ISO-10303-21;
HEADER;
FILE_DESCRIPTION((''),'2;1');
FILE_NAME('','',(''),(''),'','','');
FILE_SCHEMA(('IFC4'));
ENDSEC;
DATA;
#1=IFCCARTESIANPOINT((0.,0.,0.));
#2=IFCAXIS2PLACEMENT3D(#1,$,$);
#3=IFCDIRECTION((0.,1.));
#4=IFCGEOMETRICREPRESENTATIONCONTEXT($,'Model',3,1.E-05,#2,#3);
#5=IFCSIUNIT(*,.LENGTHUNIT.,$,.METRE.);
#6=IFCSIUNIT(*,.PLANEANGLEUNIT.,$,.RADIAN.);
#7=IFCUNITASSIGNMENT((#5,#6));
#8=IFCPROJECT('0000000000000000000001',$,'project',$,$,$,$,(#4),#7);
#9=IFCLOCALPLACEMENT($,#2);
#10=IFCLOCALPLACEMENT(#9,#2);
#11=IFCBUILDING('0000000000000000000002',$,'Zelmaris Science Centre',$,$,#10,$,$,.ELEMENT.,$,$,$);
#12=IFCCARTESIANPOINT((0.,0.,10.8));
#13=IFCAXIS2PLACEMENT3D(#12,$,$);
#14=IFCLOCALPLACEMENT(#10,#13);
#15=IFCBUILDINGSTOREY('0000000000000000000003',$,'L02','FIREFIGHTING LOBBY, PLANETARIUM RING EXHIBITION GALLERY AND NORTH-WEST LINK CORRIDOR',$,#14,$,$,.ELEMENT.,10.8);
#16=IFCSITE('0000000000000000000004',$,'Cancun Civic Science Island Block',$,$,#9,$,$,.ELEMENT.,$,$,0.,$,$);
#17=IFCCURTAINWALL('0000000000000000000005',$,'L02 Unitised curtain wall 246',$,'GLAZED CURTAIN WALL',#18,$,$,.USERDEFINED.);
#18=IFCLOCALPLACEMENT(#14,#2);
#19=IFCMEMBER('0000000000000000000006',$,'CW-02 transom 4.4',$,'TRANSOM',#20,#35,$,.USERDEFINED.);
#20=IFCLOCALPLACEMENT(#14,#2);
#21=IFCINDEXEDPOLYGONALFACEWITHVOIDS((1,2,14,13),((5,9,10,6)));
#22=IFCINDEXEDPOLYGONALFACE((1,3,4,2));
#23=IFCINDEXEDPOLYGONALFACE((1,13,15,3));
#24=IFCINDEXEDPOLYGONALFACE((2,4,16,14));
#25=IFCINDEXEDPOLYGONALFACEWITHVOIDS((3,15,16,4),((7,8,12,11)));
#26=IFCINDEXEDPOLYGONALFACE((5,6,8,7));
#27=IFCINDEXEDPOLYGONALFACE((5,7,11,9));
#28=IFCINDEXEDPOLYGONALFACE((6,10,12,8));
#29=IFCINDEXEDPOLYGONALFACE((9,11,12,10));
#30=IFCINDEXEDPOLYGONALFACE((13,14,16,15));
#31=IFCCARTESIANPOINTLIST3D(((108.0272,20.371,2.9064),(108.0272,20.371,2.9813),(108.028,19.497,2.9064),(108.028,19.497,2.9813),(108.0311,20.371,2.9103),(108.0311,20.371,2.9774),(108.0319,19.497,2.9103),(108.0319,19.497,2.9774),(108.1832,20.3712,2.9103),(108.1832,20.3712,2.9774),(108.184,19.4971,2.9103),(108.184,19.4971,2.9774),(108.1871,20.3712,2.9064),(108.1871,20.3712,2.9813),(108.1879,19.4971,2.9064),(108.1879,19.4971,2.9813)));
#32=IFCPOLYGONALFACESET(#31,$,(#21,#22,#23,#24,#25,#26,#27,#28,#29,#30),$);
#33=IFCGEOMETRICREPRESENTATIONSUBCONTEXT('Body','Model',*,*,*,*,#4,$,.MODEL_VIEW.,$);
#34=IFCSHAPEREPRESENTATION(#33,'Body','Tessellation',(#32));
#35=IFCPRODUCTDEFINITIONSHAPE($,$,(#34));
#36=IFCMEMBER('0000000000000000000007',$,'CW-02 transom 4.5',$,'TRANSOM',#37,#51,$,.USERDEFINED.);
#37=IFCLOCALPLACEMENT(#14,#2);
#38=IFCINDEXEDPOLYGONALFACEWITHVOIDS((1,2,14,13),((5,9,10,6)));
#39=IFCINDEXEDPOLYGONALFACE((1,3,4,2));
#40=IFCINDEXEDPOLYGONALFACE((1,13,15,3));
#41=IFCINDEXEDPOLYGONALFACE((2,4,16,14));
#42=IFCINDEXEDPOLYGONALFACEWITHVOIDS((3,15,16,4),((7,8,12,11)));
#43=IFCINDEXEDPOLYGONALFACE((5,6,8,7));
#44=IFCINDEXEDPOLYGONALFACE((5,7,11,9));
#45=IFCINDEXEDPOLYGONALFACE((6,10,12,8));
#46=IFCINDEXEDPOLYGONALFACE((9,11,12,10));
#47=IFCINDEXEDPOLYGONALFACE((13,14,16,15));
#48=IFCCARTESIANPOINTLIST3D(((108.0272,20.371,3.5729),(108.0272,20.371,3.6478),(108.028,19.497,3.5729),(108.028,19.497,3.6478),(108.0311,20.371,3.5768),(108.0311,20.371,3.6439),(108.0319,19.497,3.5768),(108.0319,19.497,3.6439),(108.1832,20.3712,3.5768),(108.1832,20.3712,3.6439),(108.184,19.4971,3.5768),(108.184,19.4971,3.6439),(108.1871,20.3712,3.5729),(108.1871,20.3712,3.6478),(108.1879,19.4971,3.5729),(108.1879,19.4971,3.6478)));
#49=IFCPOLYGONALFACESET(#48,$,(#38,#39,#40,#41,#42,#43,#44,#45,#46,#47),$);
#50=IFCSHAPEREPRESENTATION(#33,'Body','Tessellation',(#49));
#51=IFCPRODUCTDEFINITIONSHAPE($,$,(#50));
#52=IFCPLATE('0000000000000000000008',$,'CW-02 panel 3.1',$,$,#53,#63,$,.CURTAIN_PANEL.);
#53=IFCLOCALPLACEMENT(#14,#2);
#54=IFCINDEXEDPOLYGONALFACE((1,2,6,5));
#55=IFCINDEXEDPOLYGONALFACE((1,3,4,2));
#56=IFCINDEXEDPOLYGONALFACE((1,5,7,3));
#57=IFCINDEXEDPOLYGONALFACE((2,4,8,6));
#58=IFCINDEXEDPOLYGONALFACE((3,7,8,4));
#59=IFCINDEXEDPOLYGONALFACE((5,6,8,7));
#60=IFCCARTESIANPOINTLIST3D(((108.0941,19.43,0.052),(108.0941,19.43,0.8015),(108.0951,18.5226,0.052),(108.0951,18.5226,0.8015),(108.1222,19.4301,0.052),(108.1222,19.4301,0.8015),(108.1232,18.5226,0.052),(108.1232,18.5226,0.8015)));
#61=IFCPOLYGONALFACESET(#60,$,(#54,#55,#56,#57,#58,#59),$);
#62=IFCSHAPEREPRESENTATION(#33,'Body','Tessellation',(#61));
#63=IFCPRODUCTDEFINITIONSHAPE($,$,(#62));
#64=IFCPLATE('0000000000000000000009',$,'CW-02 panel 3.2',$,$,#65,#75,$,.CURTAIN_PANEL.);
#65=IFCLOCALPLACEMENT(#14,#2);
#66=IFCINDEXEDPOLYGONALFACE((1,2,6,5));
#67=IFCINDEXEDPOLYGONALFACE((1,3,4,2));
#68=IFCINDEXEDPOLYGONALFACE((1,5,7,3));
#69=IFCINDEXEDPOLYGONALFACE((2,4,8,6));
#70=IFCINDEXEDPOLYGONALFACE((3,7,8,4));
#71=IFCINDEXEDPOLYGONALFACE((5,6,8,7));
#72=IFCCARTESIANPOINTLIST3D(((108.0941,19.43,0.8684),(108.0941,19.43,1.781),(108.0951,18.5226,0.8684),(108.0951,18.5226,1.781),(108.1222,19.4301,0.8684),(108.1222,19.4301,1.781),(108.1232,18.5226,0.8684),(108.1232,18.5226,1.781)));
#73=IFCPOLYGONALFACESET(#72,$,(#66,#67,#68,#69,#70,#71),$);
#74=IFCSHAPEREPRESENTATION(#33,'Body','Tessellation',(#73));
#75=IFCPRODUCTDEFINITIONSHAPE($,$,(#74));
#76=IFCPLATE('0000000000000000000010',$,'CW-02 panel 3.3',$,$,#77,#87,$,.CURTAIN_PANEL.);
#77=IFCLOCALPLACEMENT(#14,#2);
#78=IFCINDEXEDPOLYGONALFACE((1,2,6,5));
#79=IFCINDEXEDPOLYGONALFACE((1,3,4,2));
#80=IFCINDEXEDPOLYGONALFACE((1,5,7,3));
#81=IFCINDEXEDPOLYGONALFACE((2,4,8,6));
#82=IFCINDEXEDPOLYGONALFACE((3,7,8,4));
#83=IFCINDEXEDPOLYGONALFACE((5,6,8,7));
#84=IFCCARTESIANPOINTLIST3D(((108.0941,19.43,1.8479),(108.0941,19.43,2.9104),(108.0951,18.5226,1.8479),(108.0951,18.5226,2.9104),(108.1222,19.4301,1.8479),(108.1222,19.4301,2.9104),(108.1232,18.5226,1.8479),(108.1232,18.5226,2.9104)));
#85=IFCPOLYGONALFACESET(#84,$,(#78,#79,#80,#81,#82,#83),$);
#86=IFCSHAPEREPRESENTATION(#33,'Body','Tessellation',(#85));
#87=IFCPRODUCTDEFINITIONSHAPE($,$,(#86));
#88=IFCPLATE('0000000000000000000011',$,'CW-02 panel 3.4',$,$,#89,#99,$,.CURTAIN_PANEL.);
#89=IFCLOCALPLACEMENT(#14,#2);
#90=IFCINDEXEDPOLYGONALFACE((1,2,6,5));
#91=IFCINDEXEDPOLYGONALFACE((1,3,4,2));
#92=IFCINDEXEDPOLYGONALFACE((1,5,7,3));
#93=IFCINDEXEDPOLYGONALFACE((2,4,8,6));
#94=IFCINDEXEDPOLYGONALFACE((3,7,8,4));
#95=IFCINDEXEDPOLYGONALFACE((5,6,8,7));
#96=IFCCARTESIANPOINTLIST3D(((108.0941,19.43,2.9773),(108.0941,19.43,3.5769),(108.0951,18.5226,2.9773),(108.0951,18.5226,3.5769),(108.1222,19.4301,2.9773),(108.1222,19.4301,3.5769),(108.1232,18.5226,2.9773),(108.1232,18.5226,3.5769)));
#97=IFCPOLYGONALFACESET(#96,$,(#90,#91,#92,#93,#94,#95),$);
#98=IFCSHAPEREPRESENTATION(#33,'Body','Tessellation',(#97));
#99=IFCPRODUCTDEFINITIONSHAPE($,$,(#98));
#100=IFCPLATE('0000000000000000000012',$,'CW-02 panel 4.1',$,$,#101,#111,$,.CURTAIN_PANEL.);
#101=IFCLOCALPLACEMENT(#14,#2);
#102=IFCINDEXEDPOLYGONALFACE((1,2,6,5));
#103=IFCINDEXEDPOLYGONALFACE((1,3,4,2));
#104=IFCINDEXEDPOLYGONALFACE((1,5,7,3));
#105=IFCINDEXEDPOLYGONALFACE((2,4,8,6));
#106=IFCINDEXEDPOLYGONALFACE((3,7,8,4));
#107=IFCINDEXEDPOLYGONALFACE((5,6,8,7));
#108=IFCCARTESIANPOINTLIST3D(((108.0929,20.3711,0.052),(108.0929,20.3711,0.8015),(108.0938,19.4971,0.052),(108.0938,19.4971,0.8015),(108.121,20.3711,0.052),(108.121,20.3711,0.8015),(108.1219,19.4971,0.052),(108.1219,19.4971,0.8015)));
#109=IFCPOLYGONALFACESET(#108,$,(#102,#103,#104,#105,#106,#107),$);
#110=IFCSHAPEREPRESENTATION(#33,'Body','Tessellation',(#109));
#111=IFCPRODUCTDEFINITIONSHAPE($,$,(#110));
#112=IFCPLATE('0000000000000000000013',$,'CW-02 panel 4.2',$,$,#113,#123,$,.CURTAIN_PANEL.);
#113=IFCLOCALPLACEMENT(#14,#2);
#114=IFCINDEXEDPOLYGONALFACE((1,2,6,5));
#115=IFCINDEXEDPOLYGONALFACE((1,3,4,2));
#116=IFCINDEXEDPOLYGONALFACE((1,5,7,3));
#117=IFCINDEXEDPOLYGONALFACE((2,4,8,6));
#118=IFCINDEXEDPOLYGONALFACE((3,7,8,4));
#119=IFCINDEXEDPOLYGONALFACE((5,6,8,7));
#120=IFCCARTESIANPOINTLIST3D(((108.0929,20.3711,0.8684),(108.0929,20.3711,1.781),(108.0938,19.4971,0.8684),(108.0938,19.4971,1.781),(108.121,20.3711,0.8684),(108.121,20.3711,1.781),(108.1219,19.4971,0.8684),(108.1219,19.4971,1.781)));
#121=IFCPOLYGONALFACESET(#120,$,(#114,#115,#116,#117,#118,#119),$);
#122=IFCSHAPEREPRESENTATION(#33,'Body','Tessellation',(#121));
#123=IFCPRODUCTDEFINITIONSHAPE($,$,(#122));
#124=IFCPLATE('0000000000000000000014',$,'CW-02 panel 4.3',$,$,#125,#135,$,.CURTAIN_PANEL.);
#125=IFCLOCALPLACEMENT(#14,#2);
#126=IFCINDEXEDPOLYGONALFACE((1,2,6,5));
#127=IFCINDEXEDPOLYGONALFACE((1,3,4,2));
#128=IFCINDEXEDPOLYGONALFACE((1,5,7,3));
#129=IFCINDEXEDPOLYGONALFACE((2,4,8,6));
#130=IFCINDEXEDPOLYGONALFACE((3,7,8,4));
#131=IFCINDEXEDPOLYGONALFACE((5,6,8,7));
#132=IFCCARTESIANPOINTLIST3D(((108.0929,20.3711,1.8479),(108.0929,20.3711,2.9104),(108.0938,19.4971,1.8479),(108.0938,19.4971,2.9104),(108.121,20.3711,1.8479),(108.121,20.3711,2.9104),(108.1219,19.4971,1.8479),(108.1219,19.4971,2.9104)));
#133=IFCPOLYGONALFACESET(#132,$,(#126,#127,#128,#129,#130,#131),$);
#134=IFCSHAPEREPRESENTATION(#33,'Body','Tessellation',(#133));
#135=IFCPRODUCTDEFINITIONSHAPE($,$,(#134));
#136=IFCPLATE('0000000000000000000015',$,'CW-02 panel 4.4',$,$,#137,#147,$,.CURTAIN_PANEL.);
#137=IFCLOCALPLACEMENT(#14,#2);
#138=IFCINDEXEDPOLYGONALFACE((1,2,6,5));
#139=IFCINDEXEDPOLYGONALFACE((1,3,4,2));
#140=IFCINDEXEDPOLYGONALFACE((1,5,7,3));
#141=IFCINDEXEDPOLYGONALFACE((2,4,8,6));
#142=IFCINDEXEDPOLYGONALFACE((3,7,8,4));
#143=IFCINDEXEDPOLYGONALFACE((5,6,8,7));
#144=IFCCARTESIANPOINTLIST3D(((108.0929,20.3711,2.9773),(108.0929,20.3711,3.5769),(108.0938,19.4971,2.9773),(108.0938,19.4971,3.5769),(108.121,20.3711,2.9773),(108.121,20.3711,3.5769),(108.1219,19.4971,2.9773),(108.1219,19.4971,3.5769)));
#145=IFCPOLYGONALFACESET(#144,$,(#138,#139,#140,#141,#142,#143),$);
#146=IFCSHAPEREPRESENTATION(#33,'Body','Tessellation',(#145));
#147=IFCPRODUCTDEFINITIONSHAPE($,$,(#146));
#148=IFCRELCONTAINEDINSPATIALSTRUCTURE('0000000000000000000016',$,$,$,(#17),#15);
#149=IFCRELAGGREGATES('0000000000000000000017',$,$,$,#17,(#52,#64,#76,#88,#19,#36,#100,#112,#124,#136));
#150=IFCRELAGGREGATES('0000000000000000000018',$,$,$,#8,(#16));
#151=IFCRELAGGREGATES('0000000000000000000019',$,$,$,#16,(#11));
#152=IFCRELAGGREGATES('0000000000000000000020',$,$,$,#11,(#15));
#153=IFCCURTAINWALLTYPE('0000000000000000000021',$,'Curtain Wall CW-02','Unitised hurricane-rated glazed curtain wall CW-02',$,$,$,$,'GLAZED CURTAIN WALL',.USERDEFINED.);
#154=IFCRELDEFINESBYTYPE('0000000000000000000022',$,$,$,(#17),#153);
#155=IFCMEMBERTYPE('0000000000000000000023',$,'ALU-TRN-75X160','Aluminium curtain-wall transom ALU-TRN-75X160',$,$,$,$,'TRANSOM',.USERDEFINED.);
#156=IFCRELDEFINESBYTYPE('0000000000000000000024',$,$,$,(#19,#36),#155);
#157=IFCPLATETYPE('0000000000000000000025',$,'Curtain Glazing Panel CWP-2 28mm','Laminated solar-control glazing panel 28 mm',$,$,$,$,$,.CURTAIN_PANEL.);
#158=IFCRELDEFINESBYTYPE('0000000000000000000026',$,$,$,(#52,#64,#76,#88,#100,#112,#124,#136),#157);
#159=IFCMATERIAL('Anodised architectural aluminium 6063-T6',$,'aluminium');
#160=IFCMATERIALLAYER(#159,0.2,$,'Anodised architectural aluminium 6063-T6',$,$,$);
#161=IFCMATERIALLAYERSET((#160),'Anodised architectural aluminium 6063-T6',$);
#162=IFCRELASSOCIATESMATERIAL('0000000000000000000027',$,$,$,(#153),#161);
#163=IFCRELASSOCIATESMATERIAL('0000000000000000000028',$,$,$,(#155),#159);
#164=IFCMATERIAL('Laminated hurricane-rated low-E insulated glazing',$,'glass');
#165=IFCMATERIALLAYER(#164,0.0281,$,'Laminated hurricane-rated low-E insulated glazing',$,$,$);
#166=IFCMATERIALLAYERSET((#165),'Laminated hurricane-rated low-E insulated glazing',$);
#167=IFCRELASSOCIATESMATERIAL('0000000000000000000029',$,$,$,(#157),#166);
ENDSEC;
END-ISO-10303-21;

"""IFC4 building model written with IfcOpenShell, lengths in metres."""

from ifc_helpers import new_model, si_unit, direction, frame, origin, origin_2d, place, context, subcontext, project, spatial, rectangle, hollow_rectangle, extrude, material, layer, layer_set, material_profile, profile_set, type_object, element, aggregate, save


model = new_model("IFC4")

# Units and contexts
model_context = context("Model", 3, precision=1e-05, world=origin(), true_north=direction((0.0, 1.0)))
body_context = subcontext(model_context, "Body", "Model", "MODEL_VIEW")
ifc_project = project(units=[si_unit("LENGTHUNIT", "METRE"), si_unit("PLANEANGLEUNIT", "RADIAN")], contexts=[model_context])

# Site, building, storey
site_placement = place(None, origin())
site = spatial("IfcSite", under=ifc_project, at=site_placement, Name="Cancun Civic Science Island Block", CompositionType="ELEMENT", RefElevation=0.0)
building_placement = place(site_placement, origin())
building = spatial("IfcBuilding", under=site, at=building_placement, Name="Zelmaris Science Centre", CompositionType="ELEMENT")
storey_placement = place(building_placement, frame((0.0, 0.0, 10.8)))
storey = spatial("IfcBuildingStorey", under=building, at=storey_placement, Name="L02", Description="FIREFIGHTING LOBBY, PLANETARIUM RING EXHIBITION GALLERY AND NORTH-WEST LINK CORRIDOR", CompositionType="ELEMENT", Elevation=10.8)

# Curtain wall
ifc_material_1 = material(Name="Anodised architectural aluminium 6063-T6", Category="aluminium")
ifc_layer_1 = layer(ifc_material_1, 0.2, Name="Anodised architectural aluminium 6063-T6")
ifc_layer_set_1 = layer_set([ifc_layer_1], Name="Anodised architectural aluminium 6063-T6")
curtain_wall_type_1 = type_object("IfcCurtainWallType", Name="Curtain Wall CW-02", Description="Unitised hurricane-rated glazed curtain wall CW-02", ElementType="GLAZED CURTAIN WALL", PredefinedType="USERDEFINED", material=ifc_layer_set_1)
curtain_wall_1_placement = place(storey_placement, origin())
curtain_wall_1 = element("IfcCurtainWall", 1, at=curtain_wall_1_placement, inside=storey, type_object=curtain_wall_type_1, Name="L02 Unitised curtain wall 246", ObjectType="GLAZED CURTAIN WALL", PredefinedType="USERDEFINED")

# Members
ifc_material_profile_1 = material_profile(ifc_material_1, hollow_rectangle(XDim=0.075, YDim=0.1599, WallThickness=0.0039, at=origin_2d()), Name="ALU-TRN-75X160")
ifc_profile_set_1 = profile_set([ifc_material_profile_1], Name="Anodised architectural aluminium 6063-T6")
member_type_1 = type_object("IfcMemberType", Name="ALU-TRN-75X160", Description="Aluminium curtain-wall transom ALU-TRN-75X160", ElementType="TRANSOM", PredefinedType="USERDEFINED", material=ifc_profile_set_1)
member_1_placement = place(storey_placement, frame((108.1079, 19.4971, 2.9438), z_axis=(-0.000838, 1.0, 0.0), x_axis=(0.0, 0.0, 1.0)))
member_1 = element("IfcMember", 2, at=member_1_placement, type_object=member_type_1, Name="CW-02 transom 4.4", ObjectType="TRANSOM", PredefinedType="USERDEFINED", context=body_context, shape_type="SweptSolid", body=[
    extrude(hollow_rectangle(XDim=0.075, YDim=0.1599, WallThickness=0.0039, at=origin_2d()), origin(), (0.0, 0.0, 1.0), 0.874),
])
member_2_placement = place(storey_placement, frame((108.1079, 19.4971, 3.6104), z_axis=(-0.000838, 1.0, 0.0), x_axis=(0.0, 0.0, 1.0)))
member_2 = element("IfcMember", 3, at=member_2_placement, type_object=member_type_1, Name="CW-02 transom 4.5", ObjectType="TRANSOM", PredefinedType="USERDEFINED", context=body_context, shape_type="SweptSolid", body=[
    extrude(hollow_rectangle(XDim=0.075, YDim=0.1599, WallThickness=0.0039, at=origin_2d()), origin(), (0.0, 0.0, 1.0), 0.874),
])

# Plates
ifc_material_2 = material(Name="Laminated hurricane-rated low-E insulated glazing", Category="glass")
ifc_layer_2 = layer(ifc_material_2, 0.0281, Name="Laminated hurricane-rated low-E insulated glazing")
ifc_layer_set_2 = layer_set([ifc_layer_2], Name="Laminated hurricane-rated low-E insulated glazing")
plate_type = type_object("IfcPlateType", Name="Curtain Glazing Panel CWP-2 28mm", Description="Laminated solar-control glazing panel 28 mm", PredefinedType="CURTAIN_PANEL", material=ifc_layer_set_2)
plate_1_placement = place(storey_placement, frame((108.1086, 18.9763, 0.052), z_axis=(0.0, 0.0, 1.0), x_axis=(-0.001052, 0.999999, 0.0)))
plate_1 = element("IfcPlate", 4, at=plate_1_placement, type_object=plate_type, Name="CW-02 panel 3.1", PredefinedType="CURTAIN_PANEL", context=body_context, shape_type="SweptSolid", body=[
    extrude(rectangle(XDim=0.9075, YDim=0.0281, at=origin_2d()), origin(), (0.0, 0.0, 1.0), 0.7495),
])
plate_2_placement = place(storey_placement, frame((108.1086, 18.9763, 0.8684), z_axis=(0.0, 0.0, 1.0), x_axis=(-0.001052, 0.999999, 0.0)))
plate_2 = element("IfcPlate", 5, at=plate_2_placement, type_object=plate_type, Name="CW-02 panel 3.2", PredefinedType="CURTAIN_PANEL", context=body_context, shape_type="SweptSolid", body=[
    extrude(rectangle(XDim=0.9075, YDim=0.0281, at=origin_2d()), origin(), (0.0, 0.0, 1.0), 0.9126),
])
plate_3_placement = place(storey_placement, frame((108.1086, 18.9763, 1.8479), z_axis=(0.0, 0.0, 1.0), x_axis=(-0.001052, 0.999999, 0.0)))
plate_3 = element("IfcPlate", 6, at=plate_3_placement, type_object=plate_type, Name="CW-02 panel 3.3", PredefinedType="CURTAIN_PANEL", context=body_context, shape_type="SweptSolid", body=[
    extrude(rectangle(XDim=0.9075, YDim=0.0281, at=origin_2d()), origin(), (0.0, 0.0, 1.0), 1.0625),
])
plate_4_placement = place(storey_placement, frame((108.1086, 18.9763, 2.9773), z_axis=(0.0, 0.0, 1.0), x_axis=(-0.001052, 0.999999, 0.0)))
plate_4 = element("IfcPlate", 7, at=plate_4_placement, type_object=plate_type, Name="CW-02 panel 3.4", PredefinedType="CURTAIN_PANEL", context=body_context, shape_type="SweptSolid", body=[
    extrude(rectangle(XDim=0.9075, YDim=0.0281, at=origin_2d()), origin(), (0.0, 0.0, 1.0), 0.5996),
])
plate_5_placement = place(storey_placement, frame((108.1074, 19.9341, 0.052), z_axis=(0.0, 0.0, 1.0), x_axis=(-0.001052, 0.999999, 0.0)))
plate_5 = element("IfcPlate", 8, at=plate_5_placement, type_object=plate_type, Name="CW-02 panel 4.1", PredefinedType="CURTAIN_PANEL", context=body_context, shape_type="SweptSolid", body=[
    extrude(rectangle(XDim=0.874, YDim=0.0281, at=origin_2d()), origin(), (0.0, 0.0, 1.0), 0.7495),
])
plate_6_placement = place(storey_placement, frame((108.1074, 19.9341, 0.8684), z_axis=(0.0, 0.0, 1.0), x_axis=(-0.001052, 0.999999, 0.0)))
plate_6 = element("IfcPlate", 9, at=plate_6_placement, type_object=plate_type, Name="CW-02 panel 4.2", PredefinedType="CURTAIN_PANEL", context=body_context, shape_type="SweptSolid", body=[
    extrude(rectangle(XDim=0.874, YDim=0.0281, at=origin_2d()), origin(), (0.0, 0.0, 1.0), 0.9126),
])
plate_7_placement = place(storey_placement, frame((108.1074, 19.9341, 1.8479), z_axis=(0.0, 0.0, 1.0), x_axis=(-0.001052, 0.999999, 0.0)))
plate_7 = element("IfcPlate", 10, at=plate_7_placement, type_object=plate_type, Name="CW-02 panel 4.3", PredefinedType="CURTAIN_PANEL", context=body_context, shape_type="SweptSolid", body=[
    extrude(rectangle(XDim=0.874, YDim=0.0281, at=origin_2d()), origin(), (0.0, 0.0, 1.0), 1.0625),
])
plate_8_placement = place(storey_placement, frame((108.1074, 19.9341, 2.9773), z_axis=(0.0, 0.0, 1.0), x_axis=(-0.001052, 0.999999, 0.0)))
plate_8 = element("IfcPlate", 11, at=plate_8_placement, type_object=plate_type, Name="CW-02 panel 4.4", PredefinedType="CURTAIN_PANEL", context=body_context, shape_type="SweptSolid", body=[
    extrude(rectangle(XDim=0.874, YDim=0.0281, at=origin_2d()), origin(), (0.0, 0.0, 1.0), 0.5996),
])
aggregate(curtain_wall_1, [plate_1, plate_2, plate_3, plate_4, member_1, member_2, plate_5, plate_6, plate_7, plate_8])

save(model, "model.ifc")
